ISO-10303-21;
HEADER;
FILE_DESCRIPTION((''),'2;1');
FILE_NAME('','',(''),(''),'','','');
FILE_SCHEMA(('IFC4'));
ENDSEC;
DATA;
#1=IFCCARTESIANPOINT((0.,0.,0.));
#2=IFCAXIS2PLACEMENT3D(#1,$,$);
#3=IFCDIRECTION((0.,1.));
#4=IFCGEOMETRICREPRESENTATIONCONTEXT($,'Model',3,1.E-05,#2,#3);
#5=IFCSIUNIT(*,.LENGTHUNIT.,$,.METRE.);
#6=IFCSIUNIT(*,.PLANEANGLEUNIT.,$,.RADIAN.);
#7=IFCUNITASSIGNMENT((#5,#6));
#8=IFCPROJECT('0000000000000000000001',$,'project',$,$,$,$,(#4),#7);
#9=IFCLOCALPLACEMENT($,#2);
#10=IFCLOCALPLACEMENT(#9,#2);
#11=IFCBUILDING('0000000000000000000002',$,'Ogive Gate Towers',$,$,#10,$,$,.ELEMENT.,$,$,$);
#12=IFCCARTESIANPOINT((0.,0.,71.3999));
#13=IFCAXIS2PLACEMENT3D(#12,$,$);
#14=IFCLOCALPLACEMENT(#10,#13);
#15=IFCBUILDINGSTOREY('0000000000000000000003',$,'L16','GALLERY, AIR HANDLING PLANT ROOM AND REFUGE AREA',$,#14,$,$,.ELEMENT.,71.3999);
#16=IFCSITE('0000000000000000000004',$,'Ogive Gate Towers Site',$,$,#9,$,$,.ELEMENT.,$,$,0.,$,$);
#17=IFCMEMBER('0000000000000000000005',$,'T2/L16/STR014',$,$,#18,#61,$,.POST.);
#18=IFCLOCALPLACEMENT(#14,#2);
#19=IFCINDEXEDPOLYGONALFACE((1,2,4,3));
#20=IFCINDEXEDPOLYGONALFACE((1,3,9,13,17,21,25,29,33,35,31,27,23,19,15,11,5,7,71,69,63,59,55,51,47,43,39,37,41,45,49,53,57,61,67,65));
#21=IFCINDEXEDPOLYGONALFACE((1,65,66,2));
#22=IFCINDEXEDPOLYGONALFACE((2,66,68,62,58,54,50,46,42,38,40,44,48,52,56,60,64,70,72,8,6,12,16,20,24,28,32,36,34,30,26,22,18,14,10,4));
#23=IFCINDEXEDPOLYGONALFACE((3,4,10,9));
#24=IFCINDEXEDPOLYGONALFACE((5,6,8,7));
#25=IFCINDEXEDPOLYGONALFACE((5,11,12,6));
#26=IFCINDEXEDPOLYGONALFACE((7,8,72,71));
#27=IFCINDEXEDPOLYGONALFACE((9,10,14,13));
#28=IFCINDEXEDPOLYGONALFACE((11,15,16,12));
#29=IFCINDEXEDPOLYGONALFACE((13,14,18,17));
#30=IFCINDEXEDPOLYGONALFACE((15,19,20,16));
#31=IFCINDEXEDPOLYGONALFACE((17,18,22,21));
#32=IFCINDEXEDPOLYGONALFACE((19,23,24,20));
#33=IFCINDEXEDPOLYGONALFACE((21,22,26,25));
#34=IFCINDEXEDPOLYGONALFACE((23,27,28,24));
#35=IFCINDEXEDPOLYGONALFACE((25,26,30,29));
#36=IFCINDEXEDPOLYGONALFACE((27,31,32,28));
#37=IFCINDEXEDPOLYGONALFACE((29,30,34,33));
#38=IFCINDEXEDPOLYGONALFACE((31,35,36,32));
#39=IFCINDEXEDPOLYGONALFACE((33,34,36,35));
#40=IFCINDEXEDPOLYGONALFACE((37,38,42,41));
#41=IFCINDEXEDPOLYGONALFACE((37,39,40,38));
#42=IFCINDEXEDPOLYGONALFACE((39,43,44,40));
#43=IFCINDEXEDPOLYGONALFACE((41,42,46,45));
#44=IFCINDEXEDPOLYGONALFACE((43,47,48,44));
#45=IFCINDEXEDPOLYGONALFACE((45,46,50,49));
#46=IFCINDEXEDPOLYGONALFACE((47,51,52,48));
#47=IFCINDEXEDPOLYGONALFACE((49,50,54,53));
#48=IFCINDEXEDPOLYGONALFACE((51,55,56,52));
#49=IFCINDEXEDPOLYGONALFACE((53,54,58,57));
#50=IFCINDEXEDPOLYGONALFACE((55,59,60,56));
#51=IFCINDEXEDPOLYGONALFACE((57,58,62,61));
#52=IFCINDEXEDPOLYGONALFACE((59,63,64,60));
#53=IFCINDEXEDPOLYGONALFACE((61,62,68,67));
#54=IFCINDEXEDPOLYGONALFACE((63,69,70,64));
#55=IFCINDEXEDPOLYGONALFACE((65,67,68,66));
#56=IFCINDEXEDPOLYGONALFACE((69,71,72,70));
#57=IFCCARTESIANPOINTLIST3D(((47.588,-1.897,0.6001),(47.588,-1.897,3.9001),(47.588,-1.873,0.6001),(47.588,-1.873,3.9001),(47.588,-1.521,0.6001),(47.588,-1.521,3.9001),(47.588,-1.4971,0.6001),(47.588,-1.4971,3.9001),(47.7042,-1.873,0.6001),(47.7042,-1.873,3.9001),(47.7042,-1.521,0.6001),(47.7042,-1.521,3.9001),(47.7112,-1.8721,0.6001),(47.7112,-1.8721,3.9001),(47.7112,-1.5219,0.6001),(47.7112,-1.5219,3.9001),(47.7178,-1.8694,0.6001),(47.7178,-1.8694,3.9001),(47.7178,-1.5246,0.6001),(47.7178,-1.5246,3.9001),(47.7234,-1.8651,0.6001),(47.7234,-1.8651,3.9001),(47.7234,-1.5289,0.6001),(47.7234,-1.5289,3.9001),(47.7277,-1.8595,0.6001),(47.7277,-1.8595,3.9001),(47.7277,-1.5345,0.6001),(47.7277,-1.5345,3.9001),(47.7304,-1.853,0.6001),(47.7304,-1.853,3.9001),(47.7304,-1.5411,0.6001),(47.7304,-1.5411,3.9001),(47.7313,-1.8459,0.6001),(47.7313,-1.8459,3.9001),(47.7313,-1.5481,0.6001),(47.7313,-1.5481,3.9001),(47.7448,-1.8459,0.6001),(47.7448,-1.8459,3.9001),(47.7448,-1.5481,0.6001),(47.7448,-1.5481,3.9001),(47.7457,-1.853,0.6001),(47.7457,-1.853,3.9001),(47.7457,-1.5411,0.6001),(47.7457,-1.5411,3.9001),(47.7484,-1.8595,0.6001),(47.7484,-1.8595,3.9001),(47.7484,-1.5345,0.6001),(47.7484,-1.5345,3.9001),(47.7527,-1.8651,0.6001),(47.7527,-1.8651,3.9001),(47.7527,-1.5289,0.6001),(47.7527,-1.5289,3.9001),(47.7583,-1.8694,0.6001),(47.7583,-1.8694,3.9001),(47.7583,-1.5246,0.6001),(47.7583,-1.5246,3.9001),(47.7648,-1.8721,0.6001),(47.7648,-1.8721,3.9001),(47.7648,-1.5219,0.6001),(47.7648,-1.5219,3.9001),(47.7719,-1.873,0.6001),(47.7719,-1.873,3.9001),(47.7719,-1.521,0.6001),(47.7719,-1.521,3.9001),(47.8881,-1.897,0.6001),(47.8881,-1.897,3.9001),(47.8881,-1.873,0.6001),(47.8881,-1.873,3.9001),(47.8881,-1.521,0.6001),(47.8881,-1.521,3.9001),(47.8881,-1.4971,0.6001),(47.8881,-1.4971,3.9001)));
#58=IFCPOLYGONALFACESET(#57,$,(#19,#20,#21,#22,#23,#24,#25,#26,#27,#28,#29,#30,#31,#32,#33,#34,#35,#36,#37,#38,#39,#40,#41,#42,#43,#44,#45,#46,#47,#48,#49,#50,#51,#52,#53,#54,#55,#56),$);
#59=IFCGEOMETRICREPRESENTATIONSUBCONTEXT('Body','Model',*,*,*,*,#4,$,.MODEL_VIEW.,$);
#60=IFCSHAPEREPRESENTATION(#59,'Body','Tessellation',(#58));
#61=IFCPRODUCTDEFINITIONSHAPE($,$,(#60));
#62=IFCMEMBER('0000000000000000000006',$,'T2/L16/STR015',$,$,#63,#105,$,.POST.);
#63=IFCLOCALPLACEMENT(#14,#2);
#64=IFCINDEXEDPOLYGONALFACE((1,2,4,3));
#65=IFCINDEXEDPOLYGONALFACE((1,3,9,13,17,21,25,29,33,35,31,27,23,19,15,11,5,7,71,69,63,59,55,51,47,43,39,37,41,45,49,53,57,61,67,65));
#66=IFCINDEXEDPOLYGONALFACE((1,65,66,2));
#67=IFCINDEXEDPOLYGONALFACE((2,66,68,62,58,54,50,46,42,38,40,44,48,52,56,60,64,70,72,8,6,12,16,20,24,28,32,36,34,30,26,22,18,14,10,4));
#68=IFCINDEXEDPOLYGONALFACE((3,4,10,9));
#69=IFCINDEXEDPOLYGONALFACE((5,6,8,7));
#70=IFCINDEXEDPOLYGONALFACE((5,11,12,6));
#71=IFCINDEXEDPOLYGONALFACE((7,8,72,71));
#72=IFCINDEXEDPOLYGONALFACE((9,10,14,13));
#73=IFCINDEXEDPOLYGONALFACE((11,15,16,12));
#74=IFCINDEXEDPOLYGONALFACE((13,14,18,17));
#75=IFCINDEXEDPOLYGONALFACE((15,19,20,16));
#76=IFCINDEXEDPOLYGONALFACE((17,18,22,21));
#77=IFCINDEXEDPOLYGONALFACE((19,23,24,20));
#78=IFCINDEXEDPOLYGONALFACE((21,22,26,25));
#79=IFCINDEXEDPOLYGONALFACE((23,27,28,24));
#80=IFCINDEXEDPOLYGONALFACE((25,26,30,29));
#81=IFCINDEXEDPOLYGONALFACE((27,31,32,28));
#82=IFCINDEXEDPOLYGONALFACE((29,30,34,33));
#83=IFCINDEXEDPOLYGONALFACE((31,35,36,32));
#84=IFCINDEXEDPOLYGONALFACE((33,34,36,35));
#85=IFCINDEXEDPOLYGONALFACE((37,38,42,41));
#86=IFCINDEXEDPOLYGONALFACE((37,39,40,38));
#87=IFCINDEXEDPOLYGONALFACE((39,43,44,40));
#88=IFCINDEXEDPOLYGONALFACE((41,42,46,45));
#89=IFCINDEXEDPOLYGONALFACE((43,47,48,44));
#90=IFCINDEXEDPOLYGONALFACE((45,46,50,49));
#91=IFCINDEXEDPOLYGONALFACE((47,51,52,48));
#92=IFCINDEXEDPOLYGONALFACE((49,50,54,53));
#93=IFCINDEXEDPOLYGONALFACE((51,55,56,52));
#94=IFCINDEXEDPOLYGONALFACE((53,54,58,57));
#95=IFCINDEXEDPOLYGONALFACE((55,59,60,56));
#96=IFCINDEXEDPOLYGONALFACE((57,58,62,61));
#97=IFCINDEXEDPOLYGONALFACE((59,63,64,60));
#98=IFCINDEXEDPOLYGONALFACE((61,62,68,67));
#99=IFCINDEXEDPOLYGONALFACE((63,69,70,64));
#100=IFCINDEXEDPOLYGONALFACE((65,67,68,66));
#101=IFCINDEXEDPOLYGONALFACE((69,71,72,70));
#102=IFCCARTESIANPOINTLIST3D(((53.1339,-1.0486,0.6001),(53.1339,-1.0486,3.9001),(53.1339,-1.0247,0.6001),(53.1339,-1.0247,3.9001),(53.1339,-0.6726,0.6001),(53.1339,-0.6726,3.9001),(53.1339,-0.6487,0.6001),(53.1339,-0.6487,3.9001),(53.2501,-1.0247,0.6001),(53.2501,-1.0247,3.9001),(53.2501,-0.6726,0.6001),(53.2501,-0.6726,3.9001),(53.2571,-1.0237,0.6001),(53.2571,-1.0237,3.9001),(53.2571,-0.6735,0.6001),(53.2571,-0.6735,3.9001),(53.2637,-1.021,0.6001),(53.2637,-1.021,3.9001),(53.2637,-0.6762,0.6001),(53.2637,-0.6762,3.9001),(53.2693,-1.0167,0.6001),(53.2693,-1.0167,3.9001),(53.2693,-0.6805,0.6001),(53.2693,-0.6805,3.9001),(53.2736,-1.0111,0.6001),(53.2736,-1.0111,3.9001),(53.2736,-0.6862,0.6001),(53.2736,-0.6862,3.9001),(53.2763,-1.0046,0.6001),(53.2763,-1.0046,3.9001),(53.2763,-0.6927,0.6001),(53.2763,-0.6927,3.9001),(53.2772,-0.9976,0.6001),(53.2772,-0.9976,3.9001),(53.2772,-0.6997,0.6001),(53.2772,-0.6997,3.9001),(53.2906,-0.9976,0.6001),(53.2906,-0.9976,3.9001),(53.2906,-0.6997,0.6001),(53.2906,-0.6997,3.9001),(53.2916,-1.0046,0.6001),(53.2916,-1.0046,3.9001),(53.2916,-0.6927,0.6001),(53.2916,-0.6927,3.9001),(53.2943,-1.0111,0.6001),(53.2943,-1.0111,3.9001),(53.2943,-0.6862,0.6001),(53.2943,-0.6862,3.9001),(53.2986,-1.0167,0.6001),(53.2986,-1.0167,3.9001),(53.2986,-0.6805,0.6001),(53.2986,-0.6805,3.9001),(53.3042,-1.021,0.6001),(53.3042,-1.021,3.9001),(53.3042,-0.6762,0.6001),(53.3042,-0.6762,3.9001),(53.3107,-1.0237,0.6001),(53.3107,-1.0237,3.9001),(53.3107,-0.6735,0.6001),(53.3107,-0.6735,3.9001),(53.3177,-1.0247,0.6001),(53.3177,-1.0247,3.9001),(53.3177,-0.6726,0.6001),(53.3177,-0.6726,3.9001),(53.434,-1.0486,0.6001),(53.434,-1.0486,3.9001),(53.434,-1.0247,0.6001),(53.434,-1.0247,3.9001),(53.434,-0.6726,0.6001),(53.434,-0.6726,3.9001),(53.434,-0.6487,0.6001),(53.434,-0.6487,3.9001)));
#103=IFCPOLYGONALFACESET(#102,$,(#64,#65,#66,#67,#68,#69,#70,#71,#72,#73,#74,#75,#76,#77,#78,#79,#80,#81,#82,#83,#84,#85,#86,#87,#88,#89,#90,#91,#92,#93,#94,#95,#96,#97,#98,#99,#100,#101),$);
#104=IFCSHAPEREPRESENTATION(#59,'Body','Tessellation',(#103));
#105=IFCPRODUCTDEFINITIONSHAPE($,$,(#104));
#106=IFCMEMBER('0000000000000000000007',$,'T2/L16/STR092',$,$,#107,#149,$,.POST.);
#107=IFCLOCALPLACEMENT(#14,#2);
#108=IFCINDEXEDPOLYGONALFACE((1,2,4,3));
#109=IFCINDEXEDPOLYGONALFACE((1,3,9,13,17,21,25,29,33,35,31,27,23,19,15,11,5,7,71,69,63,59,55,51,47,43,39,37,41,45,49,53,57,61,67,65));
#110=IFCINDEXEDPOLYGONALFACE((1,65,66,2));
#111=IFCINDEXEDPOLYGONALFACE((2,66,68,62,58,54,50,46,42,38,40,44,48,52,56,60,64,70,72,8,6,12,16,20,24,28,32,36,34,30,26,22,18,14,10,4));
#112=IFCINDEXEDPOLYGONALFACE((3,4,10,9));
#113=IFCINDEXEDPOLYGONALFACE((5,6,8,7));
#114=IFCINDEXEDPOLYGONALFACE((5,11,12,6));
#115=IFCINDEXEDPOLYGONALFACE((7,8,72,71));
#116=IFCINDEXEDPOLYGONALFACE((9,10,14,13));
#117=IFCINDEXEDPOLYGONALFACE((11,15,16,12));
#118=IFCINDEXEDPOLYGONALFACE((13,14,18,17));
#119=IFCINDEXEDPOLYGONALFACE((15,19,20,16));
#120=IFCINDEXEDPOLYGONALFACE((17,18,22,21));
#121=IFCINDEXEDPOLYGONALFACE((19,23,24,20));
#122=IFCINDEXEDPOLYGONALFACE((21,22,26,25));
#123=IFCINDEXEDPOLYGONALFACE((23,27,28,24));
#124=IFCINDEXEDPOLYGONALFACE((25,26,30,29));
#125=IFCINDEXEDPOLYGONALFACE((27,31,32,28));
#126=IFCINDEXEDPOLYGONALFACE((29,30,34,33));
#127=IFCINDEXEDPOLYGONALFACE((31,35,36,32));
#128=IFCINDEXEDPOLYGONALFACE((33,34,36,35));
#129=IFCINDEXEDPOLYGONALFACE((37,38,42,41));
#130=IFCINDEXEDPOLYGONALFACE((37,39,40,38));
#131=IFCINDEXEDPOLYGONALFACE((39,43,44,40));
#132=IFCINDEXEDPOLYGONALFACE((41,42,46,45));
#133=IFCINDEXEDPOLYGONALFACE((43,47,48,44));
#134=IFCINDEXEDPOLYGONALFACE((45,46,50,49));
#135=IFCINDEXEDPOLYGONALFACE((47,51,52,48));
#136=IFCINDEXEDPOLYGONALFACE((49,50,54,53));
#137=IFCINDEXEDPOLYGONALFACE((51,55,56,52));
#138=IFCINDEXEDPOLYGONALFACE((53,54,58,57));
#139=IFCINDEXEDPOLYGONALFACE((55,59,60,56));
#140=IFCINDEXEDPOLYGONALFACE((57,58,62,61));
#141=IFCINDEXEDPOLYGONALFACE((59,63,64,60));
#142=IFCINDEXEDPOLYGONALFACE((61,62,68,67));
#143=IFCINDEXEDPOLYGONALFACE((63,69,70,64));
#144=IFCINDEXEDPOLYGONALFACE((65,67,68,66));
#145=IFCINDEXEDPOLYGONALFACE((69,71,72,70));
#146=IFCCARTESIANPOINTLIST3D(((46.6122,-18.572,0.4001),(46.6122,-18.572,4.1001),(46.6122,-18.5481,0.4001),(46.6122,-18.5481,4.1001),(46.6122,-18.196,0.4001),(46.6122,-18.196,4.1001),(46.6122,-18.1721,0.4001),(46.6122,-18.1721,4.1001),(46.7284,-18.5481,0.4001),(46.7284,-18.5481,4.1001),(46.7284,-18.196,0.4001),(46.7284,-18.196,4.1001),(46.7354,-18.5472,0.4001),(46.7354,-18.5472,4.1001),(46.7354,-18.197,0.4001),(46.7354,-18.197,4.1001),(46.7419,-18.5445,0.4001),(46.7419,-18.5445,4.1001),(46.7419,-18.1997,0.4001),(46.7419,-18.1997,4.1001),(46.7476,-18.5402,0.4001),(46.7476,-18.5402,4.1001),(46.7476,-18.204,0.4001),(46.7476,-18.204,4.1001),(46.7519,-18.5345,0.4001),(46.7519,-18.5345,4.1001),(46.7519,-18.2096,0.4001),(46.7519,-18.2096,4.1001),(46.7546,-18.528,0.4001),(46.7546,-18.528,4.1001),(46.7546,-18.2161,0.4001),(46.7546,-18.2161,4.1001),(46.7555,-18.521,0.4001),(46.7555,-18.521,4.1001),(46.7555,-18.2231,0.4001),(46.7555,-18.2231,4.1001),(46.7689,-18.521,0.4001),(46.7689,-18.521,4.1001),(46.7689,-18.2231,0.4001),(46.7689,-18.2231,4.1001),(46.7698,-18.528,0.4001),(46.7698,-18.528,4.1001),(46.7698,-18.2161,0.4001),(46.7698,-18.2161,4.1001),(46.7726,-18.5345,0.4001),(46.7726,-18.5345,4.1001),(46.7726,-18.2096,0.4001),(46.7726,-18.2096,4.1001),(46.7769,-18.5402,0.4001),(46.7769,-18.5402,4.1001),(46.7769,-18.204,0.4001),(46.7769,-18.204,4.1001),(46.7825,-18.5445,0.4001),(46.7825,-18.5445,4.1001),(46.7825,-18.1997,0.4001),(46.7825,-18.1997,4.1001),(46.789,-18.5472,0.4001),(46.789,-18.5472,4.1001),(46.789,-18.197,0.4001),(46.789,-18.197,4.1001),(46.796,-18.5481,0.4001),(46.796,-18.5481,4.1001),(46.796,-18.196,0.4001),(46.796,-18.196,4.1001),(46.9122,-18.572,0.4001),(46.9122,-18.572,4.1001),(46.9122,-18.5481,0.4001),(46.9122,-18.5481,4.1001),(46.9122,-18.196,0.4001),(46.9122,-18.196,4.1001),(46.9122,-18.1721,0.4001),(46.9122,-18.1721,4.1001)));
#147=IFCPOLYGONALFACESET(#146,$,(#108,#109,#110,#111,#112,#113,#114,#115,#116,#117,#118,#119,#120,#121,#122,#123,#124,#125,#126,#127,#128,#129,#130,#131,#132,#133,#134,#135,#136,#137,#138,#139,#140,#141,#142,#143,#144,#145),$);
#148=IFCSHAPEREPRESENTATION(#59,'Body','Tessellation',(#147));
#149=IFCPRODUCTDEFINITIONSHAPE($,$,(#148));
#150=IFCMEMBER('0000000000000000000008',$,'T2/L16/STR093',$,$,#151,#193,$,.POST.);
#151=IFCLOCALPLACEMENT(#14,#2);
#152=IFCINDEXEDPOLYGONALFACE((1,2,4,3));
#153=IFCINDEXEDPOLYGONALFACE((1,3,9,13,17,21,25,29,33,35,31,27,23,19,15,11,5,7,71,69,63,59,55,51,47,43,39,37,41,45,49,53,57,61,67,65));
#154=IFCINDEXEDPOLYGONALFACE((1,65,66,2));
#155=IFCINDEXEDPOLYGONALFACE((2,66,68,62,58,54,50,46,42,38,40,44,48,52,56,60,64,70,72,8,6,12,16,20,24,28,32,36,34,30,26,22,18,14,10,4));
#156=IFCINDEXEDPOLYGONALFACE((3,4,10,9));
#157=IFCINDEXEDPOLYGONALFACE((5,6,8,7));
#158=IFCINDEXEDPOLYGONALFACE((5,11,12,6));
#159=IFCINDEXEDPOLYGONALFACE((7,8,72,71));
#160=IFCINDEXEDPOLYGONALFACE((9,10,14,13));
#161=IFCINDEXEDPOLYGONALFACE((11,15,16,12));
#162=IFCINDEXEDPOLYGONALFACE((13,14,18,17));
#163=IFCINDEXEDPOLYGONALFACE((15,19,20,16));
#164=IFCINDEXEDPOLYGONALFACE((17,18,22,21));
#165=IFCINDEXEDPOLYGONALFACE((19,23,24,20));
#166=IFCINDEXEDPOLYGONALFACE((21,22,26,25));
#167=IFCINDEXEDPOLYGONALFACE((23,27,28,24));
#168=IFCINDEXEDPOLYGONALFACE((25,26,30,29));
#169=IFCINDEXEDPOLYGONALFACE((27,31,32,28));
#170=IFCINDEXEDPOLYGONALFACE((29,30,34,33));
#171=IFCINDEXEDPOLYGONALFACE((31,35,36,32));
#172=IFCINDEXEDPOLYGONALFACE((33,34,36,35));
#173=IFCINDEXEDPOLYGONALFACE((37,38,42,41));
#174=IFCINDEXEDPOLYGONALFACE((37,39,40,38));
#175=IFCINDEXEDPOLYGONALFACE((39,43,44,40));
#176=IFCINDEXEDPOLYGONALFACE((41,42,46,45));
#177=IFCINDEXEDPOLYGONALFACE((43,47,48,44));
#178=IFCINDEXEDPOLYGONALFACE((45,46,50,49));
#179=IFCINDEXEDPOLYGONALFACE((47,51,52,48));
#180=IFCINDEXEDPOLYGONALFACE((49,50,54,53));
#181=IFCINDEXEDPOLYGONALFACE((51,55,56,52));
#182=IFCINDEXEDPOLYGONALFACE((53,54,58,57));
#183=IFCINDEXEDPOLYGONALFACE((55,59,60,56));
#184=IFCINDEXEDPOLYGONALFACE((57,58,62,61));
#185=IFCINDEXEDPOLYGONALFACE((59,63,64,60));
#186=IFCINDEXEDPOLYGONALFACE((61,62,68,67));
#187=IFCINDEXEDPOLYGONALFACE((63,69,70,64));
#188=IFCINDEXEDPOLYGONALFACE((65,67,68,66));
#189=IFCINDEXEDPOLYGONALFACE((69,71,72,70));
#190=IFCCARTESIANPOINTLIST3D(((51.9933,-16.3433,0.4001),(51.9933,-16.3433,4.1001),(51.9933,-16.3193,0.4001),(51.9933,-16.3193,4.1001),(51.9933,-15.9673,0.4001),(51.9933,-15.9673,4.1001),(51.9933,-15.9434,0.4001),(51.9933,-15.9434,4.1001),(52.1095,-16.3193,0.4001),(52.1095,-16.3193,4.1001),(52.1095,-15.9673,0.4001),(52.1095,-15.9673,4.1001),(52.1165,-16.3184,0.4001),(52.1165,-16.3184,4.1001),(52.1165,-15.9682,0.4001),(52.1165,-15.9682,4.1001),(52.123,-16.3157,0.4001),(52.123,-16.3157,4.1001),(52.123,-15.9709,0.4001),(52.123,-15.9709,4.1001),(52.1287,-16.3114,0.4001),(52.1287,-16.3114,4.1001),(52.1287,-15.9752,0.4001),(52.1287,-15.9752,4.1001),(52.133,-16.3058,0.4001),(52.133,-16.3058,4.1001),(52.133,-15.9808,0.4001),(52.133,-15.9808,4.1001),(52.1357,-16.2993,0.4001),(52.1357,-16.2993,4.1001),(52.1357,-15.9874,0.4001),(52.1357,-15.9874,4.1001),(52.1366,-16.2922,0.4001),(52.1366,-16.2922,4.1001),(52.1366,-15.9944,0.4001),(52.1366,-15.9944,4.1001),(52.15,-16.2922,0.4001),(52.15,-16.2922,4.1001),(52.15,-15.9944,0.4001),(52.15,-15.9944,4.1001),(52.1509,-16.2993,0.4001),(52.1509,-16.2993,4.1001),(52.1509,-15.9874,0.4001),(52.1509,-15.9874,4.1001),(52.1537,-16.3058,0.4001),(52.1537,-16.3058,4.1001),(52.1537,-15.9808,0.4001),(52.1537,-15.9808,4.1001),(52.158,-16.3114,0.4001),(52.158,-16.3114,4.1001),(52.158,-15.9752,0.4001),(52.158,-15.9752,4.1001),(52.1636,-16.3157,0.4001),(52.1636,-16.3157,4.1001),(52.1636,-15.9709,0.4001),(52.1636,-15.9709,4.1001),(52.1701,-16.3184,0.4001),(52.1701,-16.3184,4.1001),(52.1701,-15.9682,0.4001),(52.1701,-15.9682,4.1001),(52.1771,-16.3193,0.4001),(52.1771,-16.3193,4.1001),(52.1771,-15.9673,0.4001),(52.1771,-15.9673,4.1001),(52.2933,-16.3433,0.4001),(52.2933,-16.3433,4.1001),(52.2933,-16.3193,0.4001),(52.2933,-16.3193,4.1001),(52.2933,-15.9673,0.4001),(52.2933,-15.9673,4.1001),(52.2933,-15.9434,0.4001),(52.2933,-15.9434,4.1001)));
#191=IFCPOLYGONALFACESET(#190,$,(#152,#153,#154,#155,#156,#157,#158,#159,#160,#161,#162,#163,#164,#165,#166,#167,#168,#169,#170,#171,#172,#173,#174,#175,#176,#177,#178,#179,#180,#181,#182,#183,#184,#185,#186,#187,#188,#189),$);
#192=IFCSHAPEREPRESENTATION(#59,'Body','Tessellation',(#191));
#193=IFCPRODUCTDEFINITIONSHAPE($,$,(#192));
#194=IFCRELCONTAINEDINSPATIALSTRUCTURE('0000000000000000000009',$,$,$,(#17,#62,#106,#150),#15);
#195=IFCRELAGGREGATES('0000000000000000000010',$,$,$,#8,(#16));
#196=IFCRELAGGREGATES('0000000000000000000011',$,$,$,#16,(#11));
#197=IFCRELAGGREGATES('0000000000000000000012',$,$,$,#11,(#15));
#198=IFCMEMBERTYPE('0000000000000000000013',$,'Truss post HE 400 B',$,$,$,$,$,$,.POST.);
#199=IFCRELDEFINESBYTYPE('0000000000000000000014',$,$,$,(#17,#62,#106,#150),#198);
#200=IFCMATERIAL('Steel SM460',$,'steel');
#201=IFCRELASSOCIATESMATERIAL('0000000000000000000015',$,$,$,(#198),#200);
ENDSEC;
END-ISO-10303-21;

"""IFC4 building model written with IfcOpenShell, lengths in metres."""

from ifc_helpers import new_model, si_unit, direction, frame, origin, origin_2d, place, context, subcontext, project, spatial, i_section, extrude, material, material_profile, profile_set, type_object, element, save


model = new_model("IFC4")

# Units and contexts
model_context = context("Model", 3, precision=1e-05, world=origin(), true_north=direction((0.0, 1.0)))
body_context = subcontext(model_context, "Body", "Model", "MODEL_VIEW")
ifc_project = project(units=[si_unit("LENGTHUNIT", "METRE"), si_unit("PLANEANGLEUNIT", "RADIAN")], contexts=[model_context])

# Site, building, storey
site_placement = place(None, origin())
site = spatial("IfcSite", under=ifc_project, at=site_placement, Name="Ogive Gate Towers Site", CompositionType="ELEMENT", RefElevation=0.0)
building_placement = place(site_placement, origin())
building = spatial("IfcBuilding", under=site, at=building_placement, Name="Ogive Gate Towers", CompositionType="ELEMENT")
storey_placement = place(building_placement, frame((0.0, 0.0, 71.3999)))
storey = spatial("IfcBuildingStorey", under=building, at=storey_placement, Name="L16", Description="GALLERY, AIR HANDLING PLANT ROOM AND REFUGE AREA", CompositionType="ELEMENT", Elevation=71.3999)

# Shared definitions
ifc_material_1 = material(Name="Steel SM460", Category="steel")

# Members
ifc_material_profile_1 = material_profile(ifc_material_1, i_section(OverallWidth=0.3, OverallDepth=0.3999, WebThickness=0.0134, FlangeThickness=0.0239, FilletRadius=0.0271, at=origin_2d()), Name="HE 400 B")
ifc_profile_set_1 = profile_set([ifc_material_profile_1], Name="Steel SM460")
member_type_1 = type_object("IfcMemberType", Name="Truss post HE 400 B", PredefinedType="POST", material=ifc_profile_set_1)
for number, where, z_axis, x_axis, name in (
    (1, (47.738, -1.697, 0.6001), (0.0, 0.0, 1.0), (1.0, 0.0, 0.0), "T2/L16/STR014"),
    (2, (53.2839, -0.8486, 0.6001), (0.0, 0.0, 1.0), (1.0, 0.0, 0.0), "T2/L16/STR015"),
):
    element("IfcMember", number, at=place(storey_placement, frame(where, z_axis=z_axis, x_axis=x_axis)), inside=storey, type_object=member_type_1, Name=name, PredefinedType="POST", context=body_context, shape_type="SweptSolid", body=[
        extrude(i_section(OverallWidth=0.3, OverallDepth=0.3999, WebThickness=0.0134, FlangeThickness=0.0239, FilletRadius=0.0271, at=origin_2d()), origin(), (0.0, 0.0, 1.0), 3.3),
    ])
for number, where, z_axis, x_axis, name in (
    (3, (46.7622, -18.3721, 0.4001), (0.0, 0.0, 1.0), (1.0, 0.0, 0.0), "T2/L16/STR092"),
    (4, (52.1433, -16.1433, 0.4001), (0.0, 0.0, 1.0), (1.0, 0.0, 0.0), "T2/L16/STR093"),
):
    element("IfcMember", number, at=place(storey_placement, frame(where, z_axis=z_axis, x_axis=x_axis)), inside=storey, type_object=member_type_1, Name=name, PredefinedType="POST", context=body_context, shape_type="SweptSolid", body=[
        extrude(i_section(OverallWidth=0.3, OverallDepth=0.3999, WebThickness=0.0134, FlangeThickness=0.0239, FilletRadius=0.0271, at=origin_2d()), origin(), (0.0, 0.0, 1.0), 3.7),
    ])

save(model, "model.ifc")
